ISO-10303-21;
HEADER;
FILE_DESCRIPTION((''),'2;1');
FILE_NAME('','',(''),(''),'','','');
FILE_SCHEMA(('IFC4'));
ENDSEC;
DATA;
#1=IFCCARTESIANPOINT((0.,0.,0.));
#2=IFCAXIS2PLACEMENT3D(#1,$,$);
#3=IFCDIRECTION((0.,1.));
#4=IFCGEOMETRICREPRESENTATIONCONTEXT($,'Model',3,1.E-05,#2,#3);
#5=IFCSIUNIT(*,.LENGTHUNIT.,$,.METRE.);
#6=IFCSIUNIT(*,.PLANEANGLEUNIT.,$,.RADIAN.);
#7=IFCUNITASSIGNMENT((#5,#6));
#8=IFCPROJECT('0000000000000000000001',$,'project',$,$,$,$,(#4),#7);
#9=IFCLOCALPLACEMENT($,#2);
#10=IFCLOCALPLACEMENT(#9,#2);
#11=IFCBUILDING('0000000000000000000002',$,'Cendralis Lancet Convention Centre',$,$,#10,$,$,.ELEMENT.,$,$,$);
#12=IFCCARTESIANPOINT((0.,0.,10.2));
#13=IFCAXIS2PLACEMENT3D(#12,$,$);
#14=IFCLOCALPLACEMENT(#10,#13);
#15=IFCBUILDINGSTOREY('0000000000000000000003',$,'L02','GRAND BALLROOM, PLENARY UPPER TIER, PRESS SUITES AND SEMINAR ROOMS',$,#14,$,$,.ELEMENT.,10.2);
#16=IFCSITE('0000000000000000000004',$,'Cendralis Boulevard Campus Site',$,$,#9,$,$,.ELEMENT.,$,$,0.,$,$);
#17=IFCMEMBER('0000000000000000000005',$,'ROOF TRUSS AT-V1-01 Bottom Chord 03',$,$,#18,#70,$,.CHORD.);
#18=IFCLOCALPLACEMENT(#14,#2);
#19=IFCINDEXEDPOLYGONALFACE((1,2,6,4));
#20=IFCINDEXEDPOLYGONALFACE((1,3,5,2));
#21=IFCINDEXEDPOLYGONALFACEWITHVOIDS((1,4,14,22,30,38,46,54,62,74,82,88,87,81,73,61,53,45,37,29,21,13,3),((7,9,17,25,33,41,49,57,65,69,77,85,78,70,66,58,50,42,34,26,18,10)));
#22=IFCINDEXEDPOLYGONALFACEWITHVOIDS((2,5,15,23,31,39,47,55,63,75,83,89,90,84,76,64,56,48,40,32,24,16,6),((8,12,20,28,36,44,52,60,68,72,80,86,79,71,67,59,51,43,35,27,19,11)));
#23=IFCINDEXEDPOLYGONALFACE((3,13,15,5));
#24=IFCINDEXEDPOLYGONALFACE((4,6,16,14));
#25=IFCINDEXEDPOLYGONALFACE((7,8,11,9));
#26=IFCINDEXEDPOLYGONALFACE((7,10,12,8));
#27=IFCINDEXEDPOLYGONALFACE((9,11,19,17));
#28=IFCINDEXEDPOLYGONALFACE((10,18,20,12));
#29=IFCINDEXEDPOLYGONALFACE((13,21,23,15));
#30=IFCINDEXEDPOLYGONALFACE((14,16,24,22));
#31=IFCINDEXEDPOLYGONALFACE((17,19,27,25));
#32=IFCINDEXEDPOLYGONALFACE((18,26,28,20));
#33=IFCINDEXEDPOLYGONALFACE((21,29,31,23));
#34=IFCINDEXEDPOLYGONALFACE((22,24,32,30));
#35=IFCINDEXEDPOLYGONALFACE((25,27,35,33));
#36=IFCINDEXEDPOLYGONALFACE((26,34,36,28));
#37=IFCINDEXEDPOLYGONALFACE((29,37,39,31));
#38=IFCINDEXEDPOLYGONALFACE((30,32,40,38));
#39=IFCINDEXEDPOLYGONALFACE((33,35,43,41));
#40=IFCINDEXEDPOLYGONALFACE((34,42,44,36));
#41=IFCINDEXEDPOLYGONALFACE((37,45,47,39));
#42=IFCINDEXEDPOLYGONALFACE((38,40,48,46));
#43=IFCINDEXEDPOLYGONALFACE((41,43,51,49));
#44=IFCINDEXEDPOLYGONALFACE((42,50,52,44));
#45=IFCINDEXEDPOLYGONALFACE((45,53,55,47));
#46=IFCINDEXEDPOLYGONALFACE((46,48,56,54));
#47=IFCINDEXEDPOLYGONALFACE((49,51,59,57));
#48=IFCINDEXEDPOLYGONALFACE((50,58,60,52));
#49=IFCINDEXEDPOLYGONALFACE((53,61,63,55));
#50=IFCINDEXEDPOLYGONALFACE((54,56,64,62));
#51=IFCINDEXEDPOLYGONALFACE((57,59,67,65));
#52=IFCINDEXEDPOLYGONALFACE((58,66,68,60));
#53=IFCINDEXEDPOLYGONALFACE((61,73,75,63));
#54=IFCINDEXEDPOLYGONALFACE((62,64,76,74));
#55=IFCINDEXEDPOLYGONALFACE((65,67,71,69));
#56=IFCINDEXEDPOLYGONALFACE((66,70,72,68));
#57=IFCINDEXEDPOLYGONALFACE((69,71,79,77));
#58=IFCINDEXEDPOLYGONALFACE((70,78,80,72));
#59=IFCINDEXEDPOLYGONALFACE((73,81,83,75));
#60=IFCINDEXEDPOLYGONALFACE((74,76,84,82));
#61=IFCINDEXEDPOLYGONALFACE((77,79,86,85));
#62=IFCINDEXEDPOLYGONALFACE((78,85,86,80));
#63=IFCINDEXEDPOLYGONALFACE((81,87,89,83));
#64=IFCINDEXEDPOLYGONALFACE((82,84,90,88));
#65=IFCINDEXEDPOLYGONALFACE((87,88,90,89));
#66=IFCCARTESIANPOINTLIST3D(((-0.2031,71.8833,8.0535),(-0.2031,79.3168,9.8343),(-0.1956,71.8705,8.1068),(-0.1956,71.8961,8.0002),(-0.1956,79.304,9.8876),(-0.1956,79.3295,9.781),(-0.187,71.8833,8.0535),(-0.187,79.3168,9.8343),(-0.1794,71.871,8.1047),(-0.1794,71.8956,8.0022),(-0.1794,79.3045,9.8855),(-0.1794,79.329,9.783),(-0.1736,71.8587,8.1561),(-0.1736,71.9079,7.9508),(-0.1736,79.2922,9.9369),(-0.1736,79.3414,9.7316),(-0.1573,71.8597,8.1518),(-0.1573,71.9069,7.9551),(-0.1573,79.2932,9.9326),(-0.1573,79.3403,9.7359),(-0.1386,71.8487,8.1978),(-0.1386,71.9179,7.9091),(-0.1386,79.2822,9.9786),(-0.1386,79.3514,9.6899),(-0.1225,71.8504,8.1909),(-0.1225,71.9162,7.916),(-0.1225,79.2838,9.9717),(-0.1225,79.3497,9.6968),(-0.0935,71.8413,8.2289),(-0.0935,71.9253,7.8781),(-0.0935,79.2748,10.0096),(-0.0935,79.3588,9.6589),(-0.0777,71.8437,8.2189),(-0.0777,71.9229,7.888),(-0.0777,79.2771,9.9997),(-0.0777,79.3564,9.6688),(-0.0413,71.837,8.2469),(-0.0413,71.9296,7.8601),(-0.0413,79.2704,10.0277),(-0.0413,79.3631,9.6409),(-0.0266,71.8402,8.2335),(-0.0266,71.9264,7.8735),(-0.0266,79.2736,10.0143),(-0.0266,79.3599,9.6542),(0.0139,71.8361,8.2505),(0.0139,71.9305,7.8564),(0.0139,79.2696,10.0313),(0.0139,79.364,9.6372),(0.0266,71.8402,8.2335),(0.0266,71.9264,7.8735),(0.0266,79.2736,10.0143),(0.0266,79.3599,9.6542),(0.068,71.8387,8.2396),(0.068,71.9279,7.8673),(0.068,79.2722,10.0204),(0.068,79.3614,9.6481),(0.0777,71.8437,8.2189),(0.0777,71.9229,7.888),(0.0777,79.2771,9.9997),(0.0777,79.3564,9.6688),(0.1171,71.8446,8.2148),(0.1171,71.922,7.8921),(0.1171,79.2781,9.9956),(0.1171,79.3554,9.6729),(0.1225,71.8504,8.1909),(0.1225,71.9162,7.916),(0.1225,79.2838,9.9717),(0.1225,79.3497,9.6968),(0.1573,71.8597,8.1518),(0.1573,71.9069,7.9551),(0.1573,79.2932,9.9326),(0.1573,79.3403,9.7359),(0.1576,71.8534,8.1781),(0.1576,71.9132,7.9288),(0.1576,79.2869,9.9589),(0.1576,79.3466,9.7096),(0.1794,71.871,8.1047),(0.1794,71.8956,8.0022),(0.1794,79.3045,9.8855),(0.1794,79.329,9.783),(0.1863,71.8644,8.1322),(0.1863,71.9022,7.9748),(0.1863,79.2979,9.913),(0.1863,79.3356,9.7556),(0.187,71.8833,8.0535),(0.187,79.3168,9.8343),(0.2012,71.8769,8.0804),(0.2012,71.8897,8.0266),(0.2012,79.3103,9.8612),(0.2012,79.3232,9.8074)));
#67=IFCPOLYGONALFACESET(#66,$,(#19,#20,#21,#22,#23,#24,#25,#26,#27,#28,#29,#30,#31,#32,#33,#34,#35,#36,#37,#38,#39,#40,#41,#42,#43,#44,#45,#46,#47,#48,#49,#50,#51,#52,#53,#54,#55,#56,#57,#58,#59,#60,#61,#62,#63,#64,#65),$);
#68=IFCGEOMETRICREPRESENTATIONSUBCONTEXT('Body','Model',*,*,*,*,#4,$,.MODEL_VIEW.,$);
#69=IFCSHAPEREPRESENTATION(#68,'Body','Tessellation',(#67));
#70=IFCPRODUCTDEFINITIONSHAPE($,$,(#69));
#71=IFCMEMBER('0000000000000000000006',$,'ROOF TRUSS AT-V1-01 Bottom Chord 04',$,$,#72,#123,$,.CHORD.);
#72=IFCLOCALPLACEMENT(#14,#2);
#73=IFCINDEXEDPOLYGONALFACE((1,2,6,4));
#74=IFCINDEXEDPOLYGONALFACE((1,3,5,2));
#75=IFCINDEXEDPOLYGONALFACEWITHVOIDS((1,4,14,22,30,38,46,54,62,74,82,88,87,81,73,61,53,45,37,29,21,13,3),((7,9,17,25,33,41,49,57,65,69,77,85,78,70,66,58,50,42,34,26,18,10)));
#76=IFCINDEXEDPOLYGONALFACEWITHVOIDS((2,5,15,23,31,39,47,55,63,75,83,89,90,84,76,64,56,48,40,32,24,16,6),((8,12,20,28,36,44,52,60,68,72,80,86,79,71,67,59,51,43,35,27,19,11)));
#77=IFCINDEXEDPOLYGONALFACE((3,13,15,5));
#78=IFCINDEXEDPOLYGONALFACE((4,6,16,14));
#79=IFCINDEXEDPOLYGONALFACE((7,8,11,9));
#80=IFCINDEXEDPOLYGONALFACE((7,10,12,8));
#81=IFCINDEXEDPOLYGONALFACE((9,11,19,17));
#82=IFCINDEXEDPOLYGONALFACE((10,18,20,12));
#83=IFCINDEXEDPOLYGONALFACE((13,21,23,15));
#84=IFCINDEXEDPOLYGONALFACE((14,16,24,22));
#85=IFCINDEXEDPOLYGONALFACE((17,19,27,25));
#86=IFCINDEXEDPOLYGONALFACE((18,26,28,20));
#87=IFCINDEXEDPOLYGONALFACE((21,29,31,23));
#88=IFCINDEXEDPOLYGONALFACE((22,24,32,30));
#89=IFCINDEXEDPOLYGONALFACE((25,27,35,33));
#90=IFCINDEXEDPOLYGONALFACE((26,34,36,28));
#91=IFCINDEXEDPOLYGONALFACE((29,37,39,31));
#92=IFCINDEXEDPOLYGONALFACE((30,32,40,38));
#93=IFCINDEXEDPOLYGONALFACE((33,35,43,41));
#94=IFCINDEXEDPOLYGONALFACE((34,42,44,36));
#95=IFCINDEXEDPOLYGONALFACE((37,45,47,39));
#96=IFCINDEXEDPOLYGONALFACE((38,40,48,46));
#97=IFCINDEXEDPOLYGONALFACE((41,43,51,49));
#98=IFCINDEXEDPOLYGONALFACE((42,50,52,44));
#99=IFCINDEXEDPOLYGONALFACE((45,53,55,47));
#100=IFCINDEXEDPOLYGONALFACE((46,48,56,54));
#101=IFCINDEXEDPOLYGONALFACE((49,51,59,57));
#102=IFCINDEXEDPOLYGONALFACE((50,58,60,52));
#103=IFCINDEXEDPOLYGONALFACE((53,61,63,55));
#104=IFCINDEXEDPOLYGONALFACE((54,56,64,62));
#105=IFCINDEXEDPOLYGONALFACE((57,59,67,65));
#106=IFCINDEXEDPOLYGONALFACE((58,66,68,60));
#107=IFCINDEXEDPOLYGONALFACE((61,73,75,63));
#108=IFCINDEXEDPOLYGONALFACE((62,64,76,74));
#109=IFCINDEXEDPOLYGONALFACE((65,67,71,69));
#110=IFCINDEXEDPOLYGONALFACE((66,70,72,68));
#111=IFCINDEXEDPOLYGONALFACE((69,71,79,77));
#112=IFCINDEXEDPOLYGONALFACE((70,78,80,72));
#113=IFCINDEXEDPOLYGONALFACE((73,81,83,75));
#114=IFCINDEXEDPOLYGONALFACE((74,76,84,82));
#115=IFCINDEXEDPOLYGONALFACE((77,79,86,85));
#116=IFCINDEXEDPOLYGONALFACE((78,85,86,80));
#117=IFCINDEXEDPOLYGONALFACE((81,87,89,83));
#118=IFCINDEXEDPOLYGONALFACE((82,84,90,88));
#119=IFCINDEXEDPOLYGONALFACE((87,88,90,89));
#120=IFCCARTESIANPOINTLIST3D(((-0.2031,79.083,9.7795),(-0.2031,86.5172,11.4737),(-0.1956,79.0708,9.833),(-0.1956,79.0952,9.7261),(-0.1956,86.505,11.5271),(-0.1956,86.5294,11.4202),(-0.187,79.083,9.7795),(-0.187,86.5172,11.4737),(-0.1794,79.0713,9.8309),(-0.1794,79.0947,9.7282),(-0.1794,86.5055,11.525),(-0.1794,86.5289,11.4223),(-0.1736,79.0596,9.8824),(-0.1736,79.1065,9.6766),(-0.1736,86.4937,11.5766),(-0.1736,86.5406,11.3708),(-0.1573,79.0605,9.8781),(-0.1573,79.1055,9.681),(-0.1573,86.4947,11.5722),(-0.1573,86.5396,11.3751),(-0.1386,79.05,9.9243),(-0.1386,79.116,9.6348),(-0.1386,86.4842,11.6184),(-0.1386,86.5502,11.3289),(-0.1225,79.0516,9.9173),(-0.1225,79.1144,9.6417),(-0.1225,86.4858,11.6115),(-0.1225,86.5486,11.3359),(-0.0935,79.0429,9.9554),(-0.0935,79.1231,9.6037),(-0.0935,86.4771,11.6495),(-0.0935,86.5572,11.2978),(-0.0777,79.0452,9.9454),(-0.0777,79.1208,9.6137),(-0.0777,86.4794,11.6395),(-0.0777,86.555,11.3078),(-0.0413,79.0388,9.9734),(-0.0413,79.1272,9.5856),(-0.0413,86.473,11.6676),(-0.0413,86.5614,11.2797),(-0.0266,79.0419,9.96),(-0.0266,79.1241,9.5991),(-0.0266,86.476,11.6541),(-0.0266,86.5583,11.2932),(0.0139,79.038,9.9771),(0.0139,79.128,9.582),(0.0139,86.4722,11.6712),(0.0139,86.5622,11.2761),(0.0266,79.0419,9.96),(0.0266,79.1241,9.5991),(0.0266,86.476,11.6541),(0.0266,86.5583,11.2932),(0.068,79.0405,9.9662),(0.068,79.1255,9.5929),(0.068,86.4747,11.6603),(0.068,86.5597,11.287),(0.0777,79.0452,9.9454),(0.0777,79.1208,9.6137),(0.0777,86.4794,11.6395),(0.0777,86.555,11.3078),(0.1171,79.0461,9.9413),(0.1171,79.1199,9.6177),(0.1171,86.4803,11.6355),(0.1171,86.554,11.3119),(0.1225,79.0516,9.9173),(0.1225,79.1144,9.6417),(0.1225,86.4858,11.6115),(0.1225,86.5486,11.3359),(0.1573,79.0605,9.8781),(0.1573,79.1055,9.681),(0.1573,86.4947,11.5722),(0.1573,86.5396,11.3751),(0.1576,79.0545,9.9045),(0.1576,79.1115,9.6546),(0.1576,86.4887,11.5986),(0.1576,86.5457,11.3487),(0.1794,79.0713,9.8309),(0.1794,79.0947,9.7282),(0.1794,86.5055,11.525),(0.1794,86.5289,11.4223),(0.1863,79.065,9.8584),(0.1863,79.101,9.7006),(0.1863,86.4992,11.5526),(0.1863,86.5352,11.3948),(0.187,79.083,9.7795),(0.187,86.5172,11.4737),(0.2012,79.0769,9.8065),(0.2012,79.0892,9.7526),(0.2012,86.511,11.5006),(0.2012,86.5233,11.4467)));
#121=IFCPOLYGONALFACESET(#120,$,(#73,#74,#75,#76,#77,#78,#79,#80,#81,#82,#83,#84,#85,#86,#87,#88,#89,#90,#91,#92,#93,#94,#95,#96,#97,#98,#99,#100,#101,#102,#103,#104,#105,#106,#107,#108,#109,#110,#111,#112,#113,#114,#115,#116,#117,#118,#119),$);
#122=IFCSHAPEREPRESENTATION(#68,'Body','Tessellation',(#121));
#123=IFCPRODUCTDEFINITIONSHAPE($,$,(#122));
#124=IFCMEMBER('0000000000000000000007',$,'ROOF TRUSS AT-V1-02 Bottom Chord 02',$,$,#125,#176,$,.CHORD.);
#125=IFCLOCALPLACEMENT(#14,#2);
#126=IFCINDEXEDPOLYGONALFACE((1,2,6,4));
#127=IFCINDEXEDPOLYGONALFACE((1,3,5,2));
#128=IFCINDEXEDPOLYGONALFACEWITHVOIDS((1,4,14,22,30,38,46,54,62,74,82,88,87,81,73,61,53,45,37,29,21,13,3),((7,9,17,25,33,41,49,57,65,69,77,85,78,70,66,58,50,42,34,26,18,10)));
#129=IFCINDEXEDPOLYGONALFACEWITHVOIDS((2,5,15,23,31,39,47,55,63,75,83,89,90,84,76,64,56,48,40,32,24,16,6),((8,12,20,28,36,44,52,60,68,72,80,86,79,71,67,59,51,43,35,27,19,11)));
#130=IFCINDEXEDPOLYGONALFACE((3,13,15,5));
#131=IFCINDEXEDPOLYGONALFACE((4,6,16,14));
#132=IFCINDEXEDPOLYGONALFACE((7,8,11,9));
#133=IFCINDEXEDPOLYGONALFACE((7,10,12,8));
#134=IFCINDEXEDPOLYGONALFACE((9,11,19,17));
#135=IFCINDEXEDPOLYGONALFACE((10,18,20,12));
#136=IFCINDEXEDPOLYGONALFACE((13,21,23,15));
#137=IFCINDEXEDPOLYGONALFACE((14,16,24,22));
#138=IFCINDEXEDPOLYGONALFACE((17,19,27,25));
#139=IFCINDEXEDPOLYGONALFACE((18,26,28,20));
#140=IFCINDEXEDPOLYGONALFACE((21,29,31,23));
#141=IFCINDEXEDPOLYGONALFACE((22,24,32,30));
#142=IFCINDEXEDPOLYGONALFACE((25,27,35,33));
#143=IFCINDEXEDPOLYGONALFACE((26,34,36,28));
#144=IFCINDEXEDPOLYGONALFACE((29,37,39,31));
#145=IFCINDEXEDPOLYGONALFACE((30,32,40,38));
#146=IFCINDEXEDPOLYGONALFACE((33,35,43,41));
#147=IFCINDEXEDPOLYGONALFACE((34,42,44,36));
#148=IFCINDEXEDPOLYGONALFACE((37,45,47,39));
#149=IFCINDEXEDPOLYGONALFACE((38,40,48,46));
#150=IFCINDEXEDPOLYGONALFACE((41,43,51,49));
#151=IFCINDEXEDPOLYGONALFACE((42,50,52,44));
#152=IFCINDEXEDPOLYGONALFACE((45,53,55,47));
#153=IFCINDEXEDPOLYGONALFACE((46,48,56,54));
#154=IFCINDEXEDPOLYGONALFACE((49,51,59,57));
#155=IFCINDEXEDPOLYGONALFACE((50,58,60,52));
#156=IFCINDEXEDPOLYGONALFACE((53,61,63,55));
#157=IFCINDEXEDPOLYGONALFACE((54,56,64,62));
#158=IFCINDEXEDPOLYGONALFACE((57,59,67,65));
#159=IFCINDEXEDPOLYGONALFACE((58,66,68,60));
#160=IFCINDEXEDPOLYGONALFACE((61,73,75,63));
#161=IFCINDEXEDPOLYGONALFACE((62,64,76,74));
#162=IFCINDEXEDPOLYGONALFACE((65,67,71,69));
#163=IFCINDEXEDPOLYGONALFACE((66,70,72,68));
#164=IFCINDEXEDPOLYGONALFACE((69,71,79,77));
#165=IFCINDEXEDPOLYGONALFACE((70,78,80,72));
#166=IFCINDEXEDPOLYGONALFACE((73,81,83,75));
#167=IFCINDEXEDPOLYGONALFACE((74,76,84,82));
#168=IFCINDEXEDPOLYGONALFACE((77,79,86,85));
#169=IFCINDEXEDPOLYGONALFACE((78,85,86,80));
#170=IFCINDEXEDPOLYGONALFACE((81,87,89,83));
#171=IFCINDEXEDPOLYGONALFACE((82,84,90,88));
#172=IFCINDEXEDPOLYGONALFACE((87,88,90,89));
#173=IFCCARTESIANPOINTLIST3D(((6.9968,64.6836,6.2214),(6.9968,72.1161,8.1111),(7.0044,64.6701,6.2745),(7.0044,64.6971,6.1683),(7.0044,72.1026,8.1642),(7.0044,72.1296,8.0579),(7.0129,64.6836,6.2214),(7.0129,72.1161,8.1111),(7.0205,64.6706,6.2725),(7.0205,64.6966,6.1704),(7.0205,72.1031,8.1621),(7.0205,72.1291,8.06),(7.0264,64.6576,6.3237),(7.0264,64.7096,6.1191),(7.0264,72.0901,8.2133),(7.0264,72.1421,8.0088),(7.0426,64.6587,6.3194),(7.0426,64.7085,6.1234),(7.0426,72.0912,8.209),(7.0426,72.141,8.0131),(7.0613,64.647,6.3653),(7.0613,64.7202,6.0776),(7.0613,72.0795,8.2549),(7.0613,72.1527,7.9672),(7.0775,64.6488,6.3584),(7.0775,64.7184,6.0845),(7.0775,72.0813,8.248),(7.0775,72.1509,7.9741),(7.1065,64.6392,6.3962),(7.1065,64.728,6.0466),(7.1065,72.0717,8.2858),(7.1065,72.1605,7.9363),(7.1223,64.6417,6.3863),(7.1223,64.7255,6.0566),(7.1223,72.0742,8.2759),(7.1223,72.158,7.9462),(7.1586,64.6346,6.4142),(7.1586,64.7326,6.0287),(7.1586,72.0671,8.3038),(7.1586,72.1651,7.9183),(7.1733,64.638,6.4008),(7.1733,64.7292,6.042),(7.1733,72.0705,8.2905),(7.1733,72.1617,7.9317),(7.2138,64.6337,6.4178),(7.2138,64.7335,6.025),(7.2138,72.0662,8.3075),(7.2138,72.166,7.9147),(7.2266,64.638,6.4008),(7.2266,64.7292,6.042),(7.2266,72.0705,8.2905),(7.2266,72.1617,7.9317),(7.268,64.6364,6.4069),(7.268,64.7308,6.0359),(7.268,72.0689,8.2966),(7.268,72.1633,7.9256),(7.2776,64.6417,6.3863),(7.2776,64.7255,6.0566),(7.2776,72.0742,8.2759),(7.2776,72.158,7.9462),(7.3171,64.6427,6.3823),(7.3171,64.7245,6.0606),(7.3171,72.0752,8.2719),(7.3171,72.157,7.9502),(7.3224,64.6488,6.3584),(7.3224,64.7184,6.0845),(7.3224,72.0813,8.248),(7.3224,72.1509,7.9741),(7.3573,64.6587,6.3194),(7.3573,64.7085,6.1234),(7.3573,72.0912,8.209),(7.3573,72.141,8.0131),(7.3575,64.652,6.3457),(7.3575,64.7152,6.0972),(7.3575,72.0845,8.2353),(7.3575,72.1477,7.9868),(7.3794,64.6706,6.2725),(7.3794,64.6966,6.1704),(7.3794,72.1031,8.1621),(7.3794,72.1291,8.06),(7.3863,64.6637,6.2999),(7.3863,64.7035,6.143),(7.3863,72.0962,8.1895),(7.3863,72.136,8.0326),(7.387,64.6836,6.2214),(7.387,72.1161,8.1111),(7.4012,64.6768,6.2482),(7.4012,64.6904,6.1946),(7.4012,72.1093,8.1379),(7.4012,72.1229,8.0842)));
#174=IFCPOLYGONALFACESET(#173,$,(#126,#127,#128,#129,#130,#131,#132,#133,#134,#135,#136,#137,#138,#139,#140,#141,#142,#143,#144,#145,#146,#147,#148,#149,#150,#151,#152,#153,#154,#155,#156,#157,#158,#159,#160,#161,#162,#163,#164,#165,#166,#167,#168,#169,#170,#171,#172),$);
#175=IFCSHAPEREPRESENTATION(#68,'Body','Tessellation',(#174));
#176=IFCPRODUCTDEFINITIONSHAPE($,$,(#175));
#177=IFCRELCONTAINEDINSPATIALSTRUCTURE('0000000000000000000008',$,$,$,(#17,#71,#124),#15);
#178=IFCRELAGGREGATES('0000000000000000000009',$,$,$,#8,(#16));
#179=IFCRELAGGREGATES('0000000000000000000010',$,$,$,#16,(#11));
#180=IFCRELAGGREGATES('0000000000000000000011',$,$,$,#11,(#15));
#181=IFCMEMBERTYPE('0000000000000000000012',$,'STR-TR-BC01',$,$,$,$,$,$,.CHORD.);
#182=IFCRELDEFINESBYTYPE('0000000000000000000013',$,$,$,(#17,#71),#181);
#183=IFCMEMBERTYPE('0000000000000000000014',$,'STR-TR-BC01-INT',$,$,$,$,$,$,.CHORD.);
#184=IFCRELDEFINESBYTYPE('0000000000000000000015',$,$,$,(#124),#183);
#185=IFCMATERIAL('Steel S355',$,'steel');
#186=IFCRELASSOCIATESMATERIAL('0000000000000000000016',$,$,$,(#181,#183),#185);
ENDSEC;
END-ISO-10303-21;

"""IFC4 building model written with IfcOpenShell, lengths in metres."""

from ifc_helpers import new_model, si_unit, direction, frame, origin, origin_2d, place, context, subcontext, project, spatial, hollow_circle, extrude, material, material_profile, profile_set, type_object, element, save


model = new_model("IFC4")

# Units and contexts
model_context = context("Model", 3, precision=1e-05, world=origin(), true_north=direction((0.0, 1.0)))
body_context = subcontext(model_context, "Body", "Model", "MODEL_VIEW")
ifc_project = project(units=[si_unit("LENGTHUNIT", "METRE"), si_unit("PLANEANGLEUNIT", "RADIAN")], contexts=[model_context])

# Site, building, storey
site_placement = place(None, origin())
site = spatial("IfcSite", under=ifc_project, at=site_placement, Name="Cendralis Boulevard Campus Site", CompositionType="ELEMENT", RefElevation=0.0)
building_placement = place(site_placement, origin())
building = spatial("IfcBuilding", under=site, at=building_placement, Name="Cendralis Lancet Convention Centre", CompositionType="ELEMENT")
storey_placement = place(building_placement, frame((0.0, 0.0, 10.2)))
storey = spatial("IfcBuildingStorey", under=building, at=storey_placement, Name="L02", Description="GRAND BALLROOM, PLENARY UPPER TIER, PRESS SUITES AND SEMINAR ROOMS", CompositionType="ELEMENT", Elevation=10.2)

# Members
ifc_material = material(Name="Steel S355", Category="steel")
ifc_material_profile_1 = material_profile(ifc_material, hollow_circle(Radius=0.2031, WallThickness=0.0161, at=origin_2d()), Name="CHS 406.4x16.0")
ifc_profile_set_1 = profile_set([ifc_material_profile_1], Name="Steel S355")
member_type_1 = type_object("IfcMemberType", Name="STR-TR-BC01", PredefinedType="CHORD", material=ifc_profile_set_1)
member_1_placement = place(storey_placement, frame((0.0, 71.8833, 8.0535), z_axis=(0.0, 0.972483, 0.232972), x_axis=(-1.0, 0.0, 0.0)))
element("IfcMember", 1, at=member_1_placement, inside=storey, type_object=member_type_1, Name="ROOF TRUSS AT-V1-01 Bottom Chord 03", PredefinedType="CHORD", context=body_context, shape_type="SweptSolid", body=[
    extrude(hollow_circle(Radius=0.2031, WallThickness=0.0161, at=origin_2d()), origin(), (0.0, 0.0, 1.0), 7.6438),
])
member_2_placement = place(storey_placement, frame((0.0, 79.083, 9.7795), z_axis=(0.0, 0.975004, 0.222186), x_axis=(-1.0, 0.0, 0.0)))
element("IfcMember", 2, at=member_2_placement, inside=storey, type_object=member_type_1, Name="ROOF TRUSS AT-V1-01 Bottom Chord 04", PredefinedType="CHORD", context=body_context, shape_type="SweptSolid", body=[
    extrude(hollow_circle(Radius=0.2031, WallThickness=0.0161, at=origin_2d()), origin(), (0.0, 0.0, 1.0), 7.6248),
])
ifc_material_profile_2 = material_profile(ifc_material, hollow_circle(Radius=0.2031, WallThickness=0.0161, at=origin_2d()), Name="CHS 406.4x16.0")
ifc_profile_set_2 = profile_set([ifc_material_profile_2], Name="Steel S355")
member_type_2 = type_object("IfcMemberType", Name="STR-TR-BC01-INT", PredefinedType="CHORD", material=ifc_profile_set_2)
member_3_placement = place(storey_placement, frame((7.2, 64.6836, 6.2214), z_axis=(0.0, 0.969169, 0.246399), x_axis=(-1.0, 0.0, 0.0)))
element("IfcMember", 3, at=member_3_placement, inside=storey, type_object=member_type_2, Name="ROOF TRUSS AT-V1-02 Bottom Chord 02", PredefinedType="CHORD", context=body_context, shape_type="SweptSolid", body=[
    extrude(hollow_circle(Radius=0.2031, WallThickness=0.0161, at=origin_2d()), origin(), (0.0, 0.0, 1.0), 7.6689),
])

save(model, "model.ifc")
